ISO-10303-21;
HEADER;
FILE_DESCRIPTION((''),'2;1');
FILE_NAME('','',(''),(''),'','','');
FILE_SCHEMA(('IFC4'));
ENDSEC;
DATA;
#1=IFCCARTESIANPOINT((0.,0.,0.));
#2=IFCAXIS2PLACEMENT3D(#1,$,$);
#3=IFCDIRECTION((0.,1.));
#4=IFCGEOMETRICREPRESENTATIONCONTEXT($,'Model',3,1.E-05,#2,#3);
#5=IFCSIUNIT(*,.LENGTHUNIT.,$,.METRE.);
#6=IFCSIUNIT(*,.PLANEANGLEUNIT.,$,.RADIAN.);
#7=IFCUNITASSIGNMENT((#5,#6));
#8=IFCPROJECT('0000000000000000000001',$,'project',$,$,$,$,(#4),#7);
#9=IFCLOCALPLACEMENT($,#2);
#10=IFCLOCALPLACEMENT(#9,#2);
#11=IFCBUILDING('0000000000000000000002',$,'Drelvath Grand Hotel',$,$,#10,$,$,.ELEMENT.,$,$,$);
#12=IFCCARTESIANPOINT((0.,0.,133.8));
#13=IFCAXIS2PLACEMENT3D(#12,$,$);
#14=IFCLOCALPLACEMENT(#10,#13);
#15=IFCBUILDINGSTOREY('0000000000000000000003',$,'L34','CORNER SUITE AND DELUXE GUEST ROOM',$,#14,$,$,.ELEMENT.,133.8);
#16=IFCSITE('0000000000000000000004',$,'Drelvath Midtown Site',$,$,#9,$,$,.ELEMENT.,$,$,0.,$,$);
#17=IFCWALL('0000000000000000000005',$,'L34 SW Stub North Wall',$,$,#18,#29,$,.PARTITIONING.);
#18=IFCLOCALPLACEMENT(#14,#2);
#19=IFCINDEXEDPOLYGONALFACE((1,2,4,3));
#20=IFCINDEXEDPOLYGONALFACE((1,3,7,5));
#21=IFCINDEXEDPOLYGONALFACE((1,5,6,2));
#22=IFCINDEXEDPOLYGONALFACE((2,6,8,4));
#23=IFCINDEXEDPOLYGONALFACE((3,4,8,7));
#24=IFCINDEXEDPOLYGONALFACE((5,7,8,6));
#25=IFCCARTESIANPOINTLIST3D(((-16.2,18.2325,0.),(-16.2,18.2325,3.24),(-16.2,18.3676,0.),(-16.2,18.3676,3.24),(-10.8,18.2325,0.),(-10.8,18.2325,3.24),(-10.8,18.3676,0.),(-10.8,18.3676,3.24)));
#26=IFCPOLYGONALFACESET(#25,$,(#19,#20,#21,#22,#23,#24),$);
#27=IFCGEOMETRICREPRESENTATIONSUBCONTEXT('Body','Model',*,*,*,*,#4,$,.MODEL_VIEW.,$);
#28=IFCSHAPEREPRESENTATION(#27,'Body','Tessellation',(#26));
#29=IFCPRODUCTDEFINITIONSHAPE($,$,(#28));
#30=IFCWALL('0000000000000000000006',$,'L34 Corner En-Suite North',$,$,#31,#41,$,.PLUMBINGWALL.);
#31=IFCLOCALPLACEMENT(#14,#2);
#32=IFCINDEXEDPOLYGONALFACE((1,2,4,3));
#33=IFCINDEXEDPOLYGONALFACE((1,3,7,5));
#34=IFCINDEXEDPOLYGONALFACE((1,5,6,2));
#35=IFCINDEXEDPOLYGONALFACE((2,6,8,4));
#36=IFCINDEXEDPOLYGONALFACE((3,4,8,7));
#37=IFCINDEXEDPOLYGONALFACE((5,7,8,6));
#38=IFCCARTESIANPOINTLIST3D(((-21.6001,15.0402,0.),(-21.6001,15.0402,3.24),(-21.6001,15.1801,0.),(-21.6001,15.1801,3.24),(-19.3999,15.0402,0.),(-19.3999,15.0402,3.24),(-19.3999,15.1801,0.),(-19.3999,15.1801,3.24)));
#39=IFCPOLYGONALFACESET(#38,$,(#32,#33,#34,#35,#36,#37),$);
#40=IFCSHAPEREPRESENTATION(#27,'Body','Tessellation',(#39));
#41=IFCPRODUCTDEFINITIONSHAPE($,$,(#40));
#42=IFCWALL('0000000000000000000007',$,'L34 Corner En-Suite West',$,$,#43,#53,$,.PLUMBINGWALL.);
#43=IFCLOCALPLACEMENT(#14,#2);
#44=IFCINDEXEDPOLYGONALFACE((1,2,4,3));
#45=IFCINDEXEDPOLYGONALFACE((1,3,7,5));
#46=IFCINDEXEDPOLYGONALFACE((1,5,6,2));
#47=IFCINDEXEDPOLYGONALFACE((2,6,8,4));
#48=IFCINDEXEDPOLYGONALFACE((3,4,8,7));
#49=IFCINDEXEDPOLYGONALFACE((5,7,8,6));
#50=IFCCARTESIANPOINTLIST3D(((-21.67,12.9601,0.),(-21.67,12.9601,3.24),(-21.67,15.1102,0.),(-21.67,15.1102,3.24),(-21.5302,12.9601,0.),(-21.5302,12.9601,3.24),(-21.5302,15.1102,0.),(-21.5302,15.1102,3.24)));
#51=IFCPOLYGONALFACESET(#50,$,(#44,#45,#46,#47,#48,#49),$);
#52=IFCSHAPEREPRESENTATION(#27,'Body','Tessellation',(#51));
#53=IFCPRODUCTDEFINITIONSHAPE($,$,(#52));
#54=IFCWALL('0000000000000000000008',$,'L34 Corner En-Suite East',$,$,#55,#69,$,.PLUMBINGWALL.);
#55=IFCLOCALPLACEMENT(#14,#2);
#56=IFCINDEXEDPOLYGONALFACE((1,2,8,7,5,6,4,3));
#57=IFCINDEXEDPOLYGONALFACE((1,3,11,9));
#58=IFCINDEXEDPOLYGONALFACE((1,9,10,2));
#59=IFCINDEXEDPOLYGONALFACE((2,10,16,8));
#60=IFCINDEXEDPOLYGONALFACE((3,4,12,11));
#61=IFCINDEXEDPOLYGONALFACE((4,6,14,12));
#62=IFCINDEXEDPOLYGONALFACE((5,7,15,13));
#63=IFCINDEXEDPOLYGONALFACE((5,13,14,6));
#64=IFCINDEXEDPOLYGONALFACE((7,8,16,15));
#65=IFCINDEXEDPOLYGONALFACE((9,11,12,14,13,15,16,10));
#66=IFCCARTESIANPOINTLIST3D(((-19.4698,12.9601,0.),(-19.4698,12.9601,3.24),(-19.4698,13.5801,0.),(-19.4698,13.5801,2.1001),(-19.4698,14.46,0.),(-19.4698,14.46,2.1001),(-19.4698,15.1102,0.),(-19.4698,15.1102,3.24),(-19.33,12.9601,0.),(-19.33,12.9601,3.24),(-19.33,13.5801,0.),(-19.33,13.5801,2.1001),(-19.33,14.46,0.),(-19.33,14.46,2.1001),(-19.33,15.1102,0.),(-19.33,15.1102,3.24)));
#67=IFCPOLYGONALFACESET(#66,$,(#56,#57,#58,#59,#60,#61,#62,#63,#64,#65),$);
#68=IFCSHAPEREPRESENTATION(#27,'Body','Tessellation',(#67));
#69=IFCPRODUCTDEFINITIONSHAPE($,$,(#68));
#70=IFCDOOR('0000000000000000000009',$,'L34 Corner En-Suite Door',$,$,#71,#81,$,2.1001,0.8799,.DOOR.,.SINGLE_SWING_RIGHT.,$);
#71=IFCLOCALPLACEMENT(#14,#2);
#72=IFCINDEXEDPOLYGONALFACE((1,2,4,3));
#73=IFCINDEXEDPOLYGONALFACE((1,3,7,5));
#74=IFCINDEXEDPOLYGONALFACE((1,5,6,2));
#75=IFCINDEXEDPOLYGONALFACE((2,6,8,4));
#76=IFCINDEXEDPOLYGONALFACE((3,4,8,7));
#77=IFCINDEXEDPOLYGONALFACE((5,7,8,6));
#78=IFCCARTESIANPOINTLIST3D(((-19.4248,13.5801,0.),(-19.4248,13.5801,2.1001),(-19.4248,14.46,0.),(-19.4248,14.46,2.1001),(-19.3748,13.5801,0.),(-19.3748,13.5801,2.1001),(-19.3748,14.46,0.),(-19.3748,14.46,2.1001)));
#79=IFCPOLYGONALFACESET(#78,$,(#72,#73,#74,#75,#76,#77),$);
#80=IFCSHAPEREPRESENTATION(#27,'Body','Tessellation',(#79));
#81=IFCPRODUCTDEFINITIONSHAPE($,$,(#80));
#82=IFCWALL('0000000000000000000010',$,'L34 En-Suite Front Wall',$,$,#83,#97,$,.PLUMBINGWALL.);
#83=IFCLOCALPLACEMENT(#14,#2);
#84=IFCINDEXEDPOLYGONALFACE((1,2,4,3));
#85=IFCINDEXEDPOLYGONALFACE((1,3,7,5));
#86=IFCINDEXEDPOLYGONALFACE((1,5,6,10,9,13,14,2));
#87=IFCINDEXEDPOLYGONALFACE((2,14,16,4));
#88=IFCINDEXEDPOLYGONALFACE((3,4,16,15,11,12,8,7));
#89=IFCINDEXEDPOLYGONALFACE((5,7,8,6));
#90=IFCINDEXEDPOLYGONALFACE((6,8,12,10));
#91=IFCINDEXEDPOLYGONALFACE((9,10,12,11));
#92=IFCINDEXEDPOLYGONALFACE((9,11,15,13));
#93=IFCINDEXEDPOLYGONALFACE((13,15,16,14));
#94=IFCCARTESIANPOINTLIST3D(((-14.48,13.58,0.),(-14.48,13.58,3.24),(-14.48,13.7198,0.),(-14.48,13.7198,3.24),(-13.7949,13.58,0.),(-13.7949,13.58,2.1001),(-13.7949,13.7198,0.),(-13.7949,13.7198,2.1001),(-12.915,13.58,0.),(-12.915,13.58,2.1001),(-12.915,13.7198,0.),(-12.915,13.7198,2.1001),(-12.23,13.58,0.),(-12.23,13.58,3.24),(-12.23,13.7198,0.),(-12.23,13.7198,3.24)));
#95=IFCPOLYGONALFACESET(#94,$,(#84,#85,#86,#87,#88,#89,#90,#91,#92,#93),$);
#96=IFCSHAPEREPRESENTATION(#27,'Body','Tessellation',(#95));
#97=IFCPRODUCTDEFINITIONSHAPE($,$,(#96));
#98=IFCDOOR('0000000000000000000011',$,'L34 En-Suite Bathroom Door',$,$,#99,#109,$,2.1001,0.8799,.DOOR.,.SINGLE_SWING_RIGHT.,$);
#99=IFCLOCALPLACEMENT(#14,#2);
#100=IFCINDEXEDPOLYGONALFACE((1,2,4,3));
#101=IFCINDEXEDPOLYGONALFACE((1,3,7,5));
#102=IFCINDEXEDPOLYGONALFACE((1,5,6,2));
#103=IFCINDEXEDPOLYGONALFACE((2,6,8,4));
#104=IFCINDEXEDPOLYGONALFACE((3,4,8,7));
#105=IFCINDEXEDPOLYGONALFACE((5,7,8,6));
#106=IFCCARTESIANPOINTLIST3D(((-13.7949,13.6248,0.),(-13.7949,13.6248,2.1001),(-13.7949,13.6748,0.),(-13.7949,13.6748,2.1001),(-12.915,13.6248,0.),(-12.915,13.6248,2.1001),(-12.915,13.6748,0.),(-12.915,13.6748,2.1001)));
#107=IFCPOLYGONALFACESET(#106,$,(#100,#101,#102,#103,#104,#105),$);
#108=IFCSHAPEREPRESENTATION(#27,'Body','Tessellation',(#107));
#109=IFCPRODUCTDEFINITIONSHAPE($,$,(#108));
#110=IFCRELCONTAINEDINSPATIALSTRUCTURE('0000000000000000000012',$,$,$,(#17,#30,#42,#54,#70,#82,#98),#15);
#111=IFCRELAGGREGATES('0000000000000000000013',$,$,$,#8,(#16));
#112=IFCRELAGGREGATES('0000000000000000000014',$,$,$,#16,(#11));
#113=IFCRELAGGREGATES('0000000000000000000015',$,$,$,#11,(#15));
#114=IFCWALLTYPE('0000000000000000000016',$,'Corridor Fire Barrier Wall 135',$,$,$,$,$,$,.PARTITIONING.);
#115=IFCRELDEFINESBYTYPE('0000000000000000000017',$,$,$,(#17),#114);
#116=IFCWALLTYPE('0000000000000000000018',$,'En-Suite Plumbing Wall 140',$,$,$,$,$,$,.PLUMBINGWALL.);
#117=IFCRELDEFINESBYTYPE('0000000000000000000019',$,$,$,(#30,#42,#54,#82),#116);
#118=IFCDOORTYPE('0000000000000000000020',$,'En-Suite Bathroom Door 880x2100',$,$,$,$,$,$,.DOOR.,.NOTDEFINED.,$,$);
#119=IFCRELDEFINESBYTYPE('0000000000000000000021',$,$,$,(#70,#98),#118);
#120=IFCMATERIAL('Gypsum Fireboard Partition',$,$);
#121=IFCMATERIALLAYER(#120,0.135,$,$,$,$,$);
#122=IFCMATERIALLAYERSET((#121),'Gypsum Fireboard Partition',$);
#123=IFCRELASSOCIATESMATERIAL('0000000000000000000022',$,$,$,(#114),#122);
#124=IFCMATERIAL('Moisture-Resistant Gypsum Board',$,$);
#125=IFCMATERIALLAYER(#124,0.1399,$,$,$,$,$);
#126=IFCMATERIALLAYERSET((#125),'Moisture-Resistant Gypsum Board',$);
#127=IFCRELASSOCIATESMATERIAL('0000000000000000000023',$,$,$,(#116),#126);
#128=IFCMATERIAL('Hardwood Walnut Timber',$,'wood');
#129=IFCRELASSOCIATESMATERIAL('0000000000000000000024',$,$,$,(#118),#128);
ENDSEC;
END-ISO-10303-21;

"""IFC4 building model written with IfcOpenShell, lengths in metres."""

from ifc_helpers import new_model, si_unit, direction, frame, frame_2d, origin, place, context, subcontext, project, spatial, rectangle, extrude, material, layer, layer_set, type_object, element, fill, save


model = new_model("IFC4")

# Units and contexts
model_context = context("Model", 3, precision=1e-05, world=origin(), true_north=direction((0.0, 1.0)))
body_context = subcontext(model_context, "Body", "Model", "MODEL_VIEW")
ifc_project = project(units=[si_unit("LENGTHUNIT", "METRE"), si_unit("PLANEANGLEUNIT", "RADIAN")], contexts=[model_context])

# Site, building, storey
site_placement = place(None, origin())
site = spatial("IfcSite", under=ifc_project, at=site_placement, Name="Drelvath Midtown Site", CompositionType="ELEMENT", RefElevation=0.0)
building_placement = place(site_placement, origin())
building = spatial("IfcBuilding", under=site, at=building_placement, Name="Drelvath Grand Hotel", CompositionType="ELEMENT")
storey_placement = place(building_placement, frame((0.0, 0.0, 133.8)))
storey = spatial("IfcBuildingStorey", under=building, at=storey_placement, Name="L34", Description="CORNER SUITE AND DELUXE GUEST ROOM", CompositionType="ELEMENT", Elevation=133.8)

# Wall
ifc_material_1 = material(Name="Gypsum Fireboard Partition")
ifc_layer_1 = layer(ifc_material_1, 0.135)
ifc_layer_set_1 = layer_set([ifc_layer_1], Name="Gypsum Fireboard Partition")
wall_type_1 = type_object("IfcWallType", Name="Corridor Fire Barrier Wall 135", PredefinedType="PARTITIONING", material=ifc_layer_set_1)
wall_1_placement = place(storey_placement, frame((-16.2, 18.3, 0.0), z_axis=(0.0, 0.0, 1.0), x_axis=(1.0, 0.0, 0.0)))
element("IfcWall", 1, at=wall_1_placement, inside=storey, type_object=wall_type_1, Name="L34 SW Stub North Wall", PredefinedType="PARTITIONING", context=body_context, shape_type="SweptSolid", body=[
    extrude(rectangle(XDim=5.3999, YDim=0.135, at=frame_2d((2.7, 0.0))), origin(), (0.0, 0.0, 1.0), 3.24),
])

# Shared definitions
ifc_material_2 = material(Name="Hardwood Walnut Timber", Category="wood")

# Walls
ifc_material_3 = material(Name="Moisture-Resistant Gypsum Board")
ifc_layer_2 = layer(ifc_material_3, 0.1399)
ifc_layer_set_2 = layer_set([ifc_layer_2], Name="Moisture-Resistant Gypsum Board")
wall_type_2 = type_object("IfcWallType", Name="En-Suite Plumbing Wall 140", PredefinedType="PLUMBINGWALL", material=ifc_layer_set_2)
wall_2_placement = place(storey_placement, frame((-21.6001, 15.1101, 0.0), z_axis=(0.0, 0.0, 1.0), x_axis=(1.0, 0.0, 0.0)))
element("IfcWall", 2, at=wall_2_placement, inside=storey, type_object=wall_type_2, Name="L34 Corner En-Suite North", PredefinedType="PLUMBINGWALL", context=body_context, shape_type="SweptSolid", body=[
    extrude(rectangle(XDim=2.2002, YDim=0.1399, at=frame_2d((1.1001, 0.0))), origin(), (0.0, 0.0, 1.0), 3.24),
])
wall_3_placement = place(storey_placement, frame((-21.6001, 12.96, 0.0), z_axis=(0.0, 0.0, 1.0), x_axis=(0.0, 1.0, 0.0)))
element("IfcWall", 3, at=wall_3_placement, inside=storey, type_object=wall_type_2, Name="L34 Corner En-Suite West", PredefinedType="PLUMBINGWALL", context=body_context, shape_type="SweptSolid", body=[
    extrude(rectangle(XDim=2.1501, YDim=0.1399, at=frame_2d((1.0752, 0.0))), origin(), (0.0, 0.0, 1.0), 3.24),
])

# Walls, openings, doors
wall_4_placement = place(storey_placement, frame((-19.3999, 12.96, 0.0), z_axis=(0.0, 0.0, 1.0), x_axis=(0.0, 1.0, 0.0)))
wall_4 = element("IfcWall", 4, at=wall_4_placement, inside=storey, type_object=wall_type_2, Name="L34 Corner En-Suite East", PredefinedType="PLUMBINGWALL", context=body_context, shape_type="SweptSolid", body=[
    extrude(rectangle(XDim=2.1501, YDim=0.1399, at=frame_2d((1.0752, 0.0))), origin(), (0.0, 0.0, 1.0), 3.24),
])
opening_1_placement = place(wall_4_placement, frame((0.6201, 0.0, 0.0)))
opening_1 = element("IfcOpeningElement", 5, at=opening_1_placement, cuts=wall_4, PredefinedType="OPENING", context=body_context, shape_type="SweptSolid", body=[
    extrude(rectangle(XDim=0.8799, YDim=2.1001, at=frame_2d((0.4399, 1.05))), frame((0.0, 0.0798, 0.0), z_axis=(0.0, -1.0, 0.0), x_axis=(1.0, 0.0, 0.0)), (0.0, 0.0, 1.0), 0.1599),
])
door_type_1 = type_object("IfcDoorType", Name="En-Suite Bathroom Door 880x2100", OperationType="NOTDEFINED", PredefinedType="DOOR", material=ifc_material_2)
door_1_placement = place(opening_1_placement, origin())
door_1 = element("IfcDoor", 6, at=door_1_placement, inside=storey, type_object=door_type_1, Name="L34 Corner En-Suite Door", OperationType="SINGLE_SWING_RIGHT", OverallHeight=2.1001, OverallWidth=0.8799, PredefinedType="DOOR", context=body_context, shape_type="SweptSolid", body=[
    extrude(rectangle(XDim=0.8799, YDim=2.1001, at=frame_2d((0.4399, 1.05))), frame((0.0, 0.0249, 0.0), z_axis=(0.0, -1.0, 0.0), x_axis=(1.0, 0.0, 0.0)), (0.0, 0.0, 1.0), 0.05),
])
fill(opening_1, door_1)
wall_5_placement = place(storey_placement, frame((-14.48, 13.6499, 0.0), z_axis=(0.0, 0.0, 1.0), x_axis=(1.0, 0.0, 0.0)))
wall_5 = element("IfcWall", 7, at=wall_5_placement, inside=storey, type_object=wall_type_2, Name="L34 En-Suite Front Wall", PredefinedType="PLUMBINGWALL", context=body_context, shape_type="SweptSolid", body=[
    extrude(rectangle(XDim=2.25, YDim=0.1399, at=frame_2d((1.125, 0.0))), origin(), (0.0, 0.0, 1.0), 3.24),
])
opening_2_placement = place(wall_5_placement, frame((0.6851, 0.0, 0.0)))
opening_2 = element("IfcOpeningElement", 8, at=opening_2_placement, cuts=wall_5, PredefinedType="OPENING", context=body_context, shape_type="SweptSolid", body=[
    extrude(rectangle(XDim=0.8799, YDim=2.1001, at=frame_2d((0.4399, 1.05))), frame((0.0, 0.0798, 0.0), z_axis=(0.0, -1.0, 0.0), x_axis=(1.0, 0.0, 0.0)), (0.0, 0.0, 1.0), 0.1599),
])
door_2_placement = place(opening_2_placement, origin())
door_2 = element("IfcDoor", 9, at=door_2_placement, inside=storey, type_object=door_type_1, Name="L34 En-Suite Bathroom Door", OperationType="SINGLE_SWING_RIGHT", OverallHeight=2.1001, OverallWidth=0.8799, PredefinedType="DOOR", context=body_context, shape_type="SweptSolid", body=[
    extrude(rectangle(XDim=0.8799, YDim=2.1001, at=frame_2d((0.4399, 1.05))), frame((0.0, 0.0249, 0.0), z_axis=(0.0, -1.0, 0.0), x_axis=(1.0, 0.0, 0.0)), (0.0, 0.0, 1.0), 0.05),
])
fill(opening_2, door_2)

save(model, "model.ifc")
